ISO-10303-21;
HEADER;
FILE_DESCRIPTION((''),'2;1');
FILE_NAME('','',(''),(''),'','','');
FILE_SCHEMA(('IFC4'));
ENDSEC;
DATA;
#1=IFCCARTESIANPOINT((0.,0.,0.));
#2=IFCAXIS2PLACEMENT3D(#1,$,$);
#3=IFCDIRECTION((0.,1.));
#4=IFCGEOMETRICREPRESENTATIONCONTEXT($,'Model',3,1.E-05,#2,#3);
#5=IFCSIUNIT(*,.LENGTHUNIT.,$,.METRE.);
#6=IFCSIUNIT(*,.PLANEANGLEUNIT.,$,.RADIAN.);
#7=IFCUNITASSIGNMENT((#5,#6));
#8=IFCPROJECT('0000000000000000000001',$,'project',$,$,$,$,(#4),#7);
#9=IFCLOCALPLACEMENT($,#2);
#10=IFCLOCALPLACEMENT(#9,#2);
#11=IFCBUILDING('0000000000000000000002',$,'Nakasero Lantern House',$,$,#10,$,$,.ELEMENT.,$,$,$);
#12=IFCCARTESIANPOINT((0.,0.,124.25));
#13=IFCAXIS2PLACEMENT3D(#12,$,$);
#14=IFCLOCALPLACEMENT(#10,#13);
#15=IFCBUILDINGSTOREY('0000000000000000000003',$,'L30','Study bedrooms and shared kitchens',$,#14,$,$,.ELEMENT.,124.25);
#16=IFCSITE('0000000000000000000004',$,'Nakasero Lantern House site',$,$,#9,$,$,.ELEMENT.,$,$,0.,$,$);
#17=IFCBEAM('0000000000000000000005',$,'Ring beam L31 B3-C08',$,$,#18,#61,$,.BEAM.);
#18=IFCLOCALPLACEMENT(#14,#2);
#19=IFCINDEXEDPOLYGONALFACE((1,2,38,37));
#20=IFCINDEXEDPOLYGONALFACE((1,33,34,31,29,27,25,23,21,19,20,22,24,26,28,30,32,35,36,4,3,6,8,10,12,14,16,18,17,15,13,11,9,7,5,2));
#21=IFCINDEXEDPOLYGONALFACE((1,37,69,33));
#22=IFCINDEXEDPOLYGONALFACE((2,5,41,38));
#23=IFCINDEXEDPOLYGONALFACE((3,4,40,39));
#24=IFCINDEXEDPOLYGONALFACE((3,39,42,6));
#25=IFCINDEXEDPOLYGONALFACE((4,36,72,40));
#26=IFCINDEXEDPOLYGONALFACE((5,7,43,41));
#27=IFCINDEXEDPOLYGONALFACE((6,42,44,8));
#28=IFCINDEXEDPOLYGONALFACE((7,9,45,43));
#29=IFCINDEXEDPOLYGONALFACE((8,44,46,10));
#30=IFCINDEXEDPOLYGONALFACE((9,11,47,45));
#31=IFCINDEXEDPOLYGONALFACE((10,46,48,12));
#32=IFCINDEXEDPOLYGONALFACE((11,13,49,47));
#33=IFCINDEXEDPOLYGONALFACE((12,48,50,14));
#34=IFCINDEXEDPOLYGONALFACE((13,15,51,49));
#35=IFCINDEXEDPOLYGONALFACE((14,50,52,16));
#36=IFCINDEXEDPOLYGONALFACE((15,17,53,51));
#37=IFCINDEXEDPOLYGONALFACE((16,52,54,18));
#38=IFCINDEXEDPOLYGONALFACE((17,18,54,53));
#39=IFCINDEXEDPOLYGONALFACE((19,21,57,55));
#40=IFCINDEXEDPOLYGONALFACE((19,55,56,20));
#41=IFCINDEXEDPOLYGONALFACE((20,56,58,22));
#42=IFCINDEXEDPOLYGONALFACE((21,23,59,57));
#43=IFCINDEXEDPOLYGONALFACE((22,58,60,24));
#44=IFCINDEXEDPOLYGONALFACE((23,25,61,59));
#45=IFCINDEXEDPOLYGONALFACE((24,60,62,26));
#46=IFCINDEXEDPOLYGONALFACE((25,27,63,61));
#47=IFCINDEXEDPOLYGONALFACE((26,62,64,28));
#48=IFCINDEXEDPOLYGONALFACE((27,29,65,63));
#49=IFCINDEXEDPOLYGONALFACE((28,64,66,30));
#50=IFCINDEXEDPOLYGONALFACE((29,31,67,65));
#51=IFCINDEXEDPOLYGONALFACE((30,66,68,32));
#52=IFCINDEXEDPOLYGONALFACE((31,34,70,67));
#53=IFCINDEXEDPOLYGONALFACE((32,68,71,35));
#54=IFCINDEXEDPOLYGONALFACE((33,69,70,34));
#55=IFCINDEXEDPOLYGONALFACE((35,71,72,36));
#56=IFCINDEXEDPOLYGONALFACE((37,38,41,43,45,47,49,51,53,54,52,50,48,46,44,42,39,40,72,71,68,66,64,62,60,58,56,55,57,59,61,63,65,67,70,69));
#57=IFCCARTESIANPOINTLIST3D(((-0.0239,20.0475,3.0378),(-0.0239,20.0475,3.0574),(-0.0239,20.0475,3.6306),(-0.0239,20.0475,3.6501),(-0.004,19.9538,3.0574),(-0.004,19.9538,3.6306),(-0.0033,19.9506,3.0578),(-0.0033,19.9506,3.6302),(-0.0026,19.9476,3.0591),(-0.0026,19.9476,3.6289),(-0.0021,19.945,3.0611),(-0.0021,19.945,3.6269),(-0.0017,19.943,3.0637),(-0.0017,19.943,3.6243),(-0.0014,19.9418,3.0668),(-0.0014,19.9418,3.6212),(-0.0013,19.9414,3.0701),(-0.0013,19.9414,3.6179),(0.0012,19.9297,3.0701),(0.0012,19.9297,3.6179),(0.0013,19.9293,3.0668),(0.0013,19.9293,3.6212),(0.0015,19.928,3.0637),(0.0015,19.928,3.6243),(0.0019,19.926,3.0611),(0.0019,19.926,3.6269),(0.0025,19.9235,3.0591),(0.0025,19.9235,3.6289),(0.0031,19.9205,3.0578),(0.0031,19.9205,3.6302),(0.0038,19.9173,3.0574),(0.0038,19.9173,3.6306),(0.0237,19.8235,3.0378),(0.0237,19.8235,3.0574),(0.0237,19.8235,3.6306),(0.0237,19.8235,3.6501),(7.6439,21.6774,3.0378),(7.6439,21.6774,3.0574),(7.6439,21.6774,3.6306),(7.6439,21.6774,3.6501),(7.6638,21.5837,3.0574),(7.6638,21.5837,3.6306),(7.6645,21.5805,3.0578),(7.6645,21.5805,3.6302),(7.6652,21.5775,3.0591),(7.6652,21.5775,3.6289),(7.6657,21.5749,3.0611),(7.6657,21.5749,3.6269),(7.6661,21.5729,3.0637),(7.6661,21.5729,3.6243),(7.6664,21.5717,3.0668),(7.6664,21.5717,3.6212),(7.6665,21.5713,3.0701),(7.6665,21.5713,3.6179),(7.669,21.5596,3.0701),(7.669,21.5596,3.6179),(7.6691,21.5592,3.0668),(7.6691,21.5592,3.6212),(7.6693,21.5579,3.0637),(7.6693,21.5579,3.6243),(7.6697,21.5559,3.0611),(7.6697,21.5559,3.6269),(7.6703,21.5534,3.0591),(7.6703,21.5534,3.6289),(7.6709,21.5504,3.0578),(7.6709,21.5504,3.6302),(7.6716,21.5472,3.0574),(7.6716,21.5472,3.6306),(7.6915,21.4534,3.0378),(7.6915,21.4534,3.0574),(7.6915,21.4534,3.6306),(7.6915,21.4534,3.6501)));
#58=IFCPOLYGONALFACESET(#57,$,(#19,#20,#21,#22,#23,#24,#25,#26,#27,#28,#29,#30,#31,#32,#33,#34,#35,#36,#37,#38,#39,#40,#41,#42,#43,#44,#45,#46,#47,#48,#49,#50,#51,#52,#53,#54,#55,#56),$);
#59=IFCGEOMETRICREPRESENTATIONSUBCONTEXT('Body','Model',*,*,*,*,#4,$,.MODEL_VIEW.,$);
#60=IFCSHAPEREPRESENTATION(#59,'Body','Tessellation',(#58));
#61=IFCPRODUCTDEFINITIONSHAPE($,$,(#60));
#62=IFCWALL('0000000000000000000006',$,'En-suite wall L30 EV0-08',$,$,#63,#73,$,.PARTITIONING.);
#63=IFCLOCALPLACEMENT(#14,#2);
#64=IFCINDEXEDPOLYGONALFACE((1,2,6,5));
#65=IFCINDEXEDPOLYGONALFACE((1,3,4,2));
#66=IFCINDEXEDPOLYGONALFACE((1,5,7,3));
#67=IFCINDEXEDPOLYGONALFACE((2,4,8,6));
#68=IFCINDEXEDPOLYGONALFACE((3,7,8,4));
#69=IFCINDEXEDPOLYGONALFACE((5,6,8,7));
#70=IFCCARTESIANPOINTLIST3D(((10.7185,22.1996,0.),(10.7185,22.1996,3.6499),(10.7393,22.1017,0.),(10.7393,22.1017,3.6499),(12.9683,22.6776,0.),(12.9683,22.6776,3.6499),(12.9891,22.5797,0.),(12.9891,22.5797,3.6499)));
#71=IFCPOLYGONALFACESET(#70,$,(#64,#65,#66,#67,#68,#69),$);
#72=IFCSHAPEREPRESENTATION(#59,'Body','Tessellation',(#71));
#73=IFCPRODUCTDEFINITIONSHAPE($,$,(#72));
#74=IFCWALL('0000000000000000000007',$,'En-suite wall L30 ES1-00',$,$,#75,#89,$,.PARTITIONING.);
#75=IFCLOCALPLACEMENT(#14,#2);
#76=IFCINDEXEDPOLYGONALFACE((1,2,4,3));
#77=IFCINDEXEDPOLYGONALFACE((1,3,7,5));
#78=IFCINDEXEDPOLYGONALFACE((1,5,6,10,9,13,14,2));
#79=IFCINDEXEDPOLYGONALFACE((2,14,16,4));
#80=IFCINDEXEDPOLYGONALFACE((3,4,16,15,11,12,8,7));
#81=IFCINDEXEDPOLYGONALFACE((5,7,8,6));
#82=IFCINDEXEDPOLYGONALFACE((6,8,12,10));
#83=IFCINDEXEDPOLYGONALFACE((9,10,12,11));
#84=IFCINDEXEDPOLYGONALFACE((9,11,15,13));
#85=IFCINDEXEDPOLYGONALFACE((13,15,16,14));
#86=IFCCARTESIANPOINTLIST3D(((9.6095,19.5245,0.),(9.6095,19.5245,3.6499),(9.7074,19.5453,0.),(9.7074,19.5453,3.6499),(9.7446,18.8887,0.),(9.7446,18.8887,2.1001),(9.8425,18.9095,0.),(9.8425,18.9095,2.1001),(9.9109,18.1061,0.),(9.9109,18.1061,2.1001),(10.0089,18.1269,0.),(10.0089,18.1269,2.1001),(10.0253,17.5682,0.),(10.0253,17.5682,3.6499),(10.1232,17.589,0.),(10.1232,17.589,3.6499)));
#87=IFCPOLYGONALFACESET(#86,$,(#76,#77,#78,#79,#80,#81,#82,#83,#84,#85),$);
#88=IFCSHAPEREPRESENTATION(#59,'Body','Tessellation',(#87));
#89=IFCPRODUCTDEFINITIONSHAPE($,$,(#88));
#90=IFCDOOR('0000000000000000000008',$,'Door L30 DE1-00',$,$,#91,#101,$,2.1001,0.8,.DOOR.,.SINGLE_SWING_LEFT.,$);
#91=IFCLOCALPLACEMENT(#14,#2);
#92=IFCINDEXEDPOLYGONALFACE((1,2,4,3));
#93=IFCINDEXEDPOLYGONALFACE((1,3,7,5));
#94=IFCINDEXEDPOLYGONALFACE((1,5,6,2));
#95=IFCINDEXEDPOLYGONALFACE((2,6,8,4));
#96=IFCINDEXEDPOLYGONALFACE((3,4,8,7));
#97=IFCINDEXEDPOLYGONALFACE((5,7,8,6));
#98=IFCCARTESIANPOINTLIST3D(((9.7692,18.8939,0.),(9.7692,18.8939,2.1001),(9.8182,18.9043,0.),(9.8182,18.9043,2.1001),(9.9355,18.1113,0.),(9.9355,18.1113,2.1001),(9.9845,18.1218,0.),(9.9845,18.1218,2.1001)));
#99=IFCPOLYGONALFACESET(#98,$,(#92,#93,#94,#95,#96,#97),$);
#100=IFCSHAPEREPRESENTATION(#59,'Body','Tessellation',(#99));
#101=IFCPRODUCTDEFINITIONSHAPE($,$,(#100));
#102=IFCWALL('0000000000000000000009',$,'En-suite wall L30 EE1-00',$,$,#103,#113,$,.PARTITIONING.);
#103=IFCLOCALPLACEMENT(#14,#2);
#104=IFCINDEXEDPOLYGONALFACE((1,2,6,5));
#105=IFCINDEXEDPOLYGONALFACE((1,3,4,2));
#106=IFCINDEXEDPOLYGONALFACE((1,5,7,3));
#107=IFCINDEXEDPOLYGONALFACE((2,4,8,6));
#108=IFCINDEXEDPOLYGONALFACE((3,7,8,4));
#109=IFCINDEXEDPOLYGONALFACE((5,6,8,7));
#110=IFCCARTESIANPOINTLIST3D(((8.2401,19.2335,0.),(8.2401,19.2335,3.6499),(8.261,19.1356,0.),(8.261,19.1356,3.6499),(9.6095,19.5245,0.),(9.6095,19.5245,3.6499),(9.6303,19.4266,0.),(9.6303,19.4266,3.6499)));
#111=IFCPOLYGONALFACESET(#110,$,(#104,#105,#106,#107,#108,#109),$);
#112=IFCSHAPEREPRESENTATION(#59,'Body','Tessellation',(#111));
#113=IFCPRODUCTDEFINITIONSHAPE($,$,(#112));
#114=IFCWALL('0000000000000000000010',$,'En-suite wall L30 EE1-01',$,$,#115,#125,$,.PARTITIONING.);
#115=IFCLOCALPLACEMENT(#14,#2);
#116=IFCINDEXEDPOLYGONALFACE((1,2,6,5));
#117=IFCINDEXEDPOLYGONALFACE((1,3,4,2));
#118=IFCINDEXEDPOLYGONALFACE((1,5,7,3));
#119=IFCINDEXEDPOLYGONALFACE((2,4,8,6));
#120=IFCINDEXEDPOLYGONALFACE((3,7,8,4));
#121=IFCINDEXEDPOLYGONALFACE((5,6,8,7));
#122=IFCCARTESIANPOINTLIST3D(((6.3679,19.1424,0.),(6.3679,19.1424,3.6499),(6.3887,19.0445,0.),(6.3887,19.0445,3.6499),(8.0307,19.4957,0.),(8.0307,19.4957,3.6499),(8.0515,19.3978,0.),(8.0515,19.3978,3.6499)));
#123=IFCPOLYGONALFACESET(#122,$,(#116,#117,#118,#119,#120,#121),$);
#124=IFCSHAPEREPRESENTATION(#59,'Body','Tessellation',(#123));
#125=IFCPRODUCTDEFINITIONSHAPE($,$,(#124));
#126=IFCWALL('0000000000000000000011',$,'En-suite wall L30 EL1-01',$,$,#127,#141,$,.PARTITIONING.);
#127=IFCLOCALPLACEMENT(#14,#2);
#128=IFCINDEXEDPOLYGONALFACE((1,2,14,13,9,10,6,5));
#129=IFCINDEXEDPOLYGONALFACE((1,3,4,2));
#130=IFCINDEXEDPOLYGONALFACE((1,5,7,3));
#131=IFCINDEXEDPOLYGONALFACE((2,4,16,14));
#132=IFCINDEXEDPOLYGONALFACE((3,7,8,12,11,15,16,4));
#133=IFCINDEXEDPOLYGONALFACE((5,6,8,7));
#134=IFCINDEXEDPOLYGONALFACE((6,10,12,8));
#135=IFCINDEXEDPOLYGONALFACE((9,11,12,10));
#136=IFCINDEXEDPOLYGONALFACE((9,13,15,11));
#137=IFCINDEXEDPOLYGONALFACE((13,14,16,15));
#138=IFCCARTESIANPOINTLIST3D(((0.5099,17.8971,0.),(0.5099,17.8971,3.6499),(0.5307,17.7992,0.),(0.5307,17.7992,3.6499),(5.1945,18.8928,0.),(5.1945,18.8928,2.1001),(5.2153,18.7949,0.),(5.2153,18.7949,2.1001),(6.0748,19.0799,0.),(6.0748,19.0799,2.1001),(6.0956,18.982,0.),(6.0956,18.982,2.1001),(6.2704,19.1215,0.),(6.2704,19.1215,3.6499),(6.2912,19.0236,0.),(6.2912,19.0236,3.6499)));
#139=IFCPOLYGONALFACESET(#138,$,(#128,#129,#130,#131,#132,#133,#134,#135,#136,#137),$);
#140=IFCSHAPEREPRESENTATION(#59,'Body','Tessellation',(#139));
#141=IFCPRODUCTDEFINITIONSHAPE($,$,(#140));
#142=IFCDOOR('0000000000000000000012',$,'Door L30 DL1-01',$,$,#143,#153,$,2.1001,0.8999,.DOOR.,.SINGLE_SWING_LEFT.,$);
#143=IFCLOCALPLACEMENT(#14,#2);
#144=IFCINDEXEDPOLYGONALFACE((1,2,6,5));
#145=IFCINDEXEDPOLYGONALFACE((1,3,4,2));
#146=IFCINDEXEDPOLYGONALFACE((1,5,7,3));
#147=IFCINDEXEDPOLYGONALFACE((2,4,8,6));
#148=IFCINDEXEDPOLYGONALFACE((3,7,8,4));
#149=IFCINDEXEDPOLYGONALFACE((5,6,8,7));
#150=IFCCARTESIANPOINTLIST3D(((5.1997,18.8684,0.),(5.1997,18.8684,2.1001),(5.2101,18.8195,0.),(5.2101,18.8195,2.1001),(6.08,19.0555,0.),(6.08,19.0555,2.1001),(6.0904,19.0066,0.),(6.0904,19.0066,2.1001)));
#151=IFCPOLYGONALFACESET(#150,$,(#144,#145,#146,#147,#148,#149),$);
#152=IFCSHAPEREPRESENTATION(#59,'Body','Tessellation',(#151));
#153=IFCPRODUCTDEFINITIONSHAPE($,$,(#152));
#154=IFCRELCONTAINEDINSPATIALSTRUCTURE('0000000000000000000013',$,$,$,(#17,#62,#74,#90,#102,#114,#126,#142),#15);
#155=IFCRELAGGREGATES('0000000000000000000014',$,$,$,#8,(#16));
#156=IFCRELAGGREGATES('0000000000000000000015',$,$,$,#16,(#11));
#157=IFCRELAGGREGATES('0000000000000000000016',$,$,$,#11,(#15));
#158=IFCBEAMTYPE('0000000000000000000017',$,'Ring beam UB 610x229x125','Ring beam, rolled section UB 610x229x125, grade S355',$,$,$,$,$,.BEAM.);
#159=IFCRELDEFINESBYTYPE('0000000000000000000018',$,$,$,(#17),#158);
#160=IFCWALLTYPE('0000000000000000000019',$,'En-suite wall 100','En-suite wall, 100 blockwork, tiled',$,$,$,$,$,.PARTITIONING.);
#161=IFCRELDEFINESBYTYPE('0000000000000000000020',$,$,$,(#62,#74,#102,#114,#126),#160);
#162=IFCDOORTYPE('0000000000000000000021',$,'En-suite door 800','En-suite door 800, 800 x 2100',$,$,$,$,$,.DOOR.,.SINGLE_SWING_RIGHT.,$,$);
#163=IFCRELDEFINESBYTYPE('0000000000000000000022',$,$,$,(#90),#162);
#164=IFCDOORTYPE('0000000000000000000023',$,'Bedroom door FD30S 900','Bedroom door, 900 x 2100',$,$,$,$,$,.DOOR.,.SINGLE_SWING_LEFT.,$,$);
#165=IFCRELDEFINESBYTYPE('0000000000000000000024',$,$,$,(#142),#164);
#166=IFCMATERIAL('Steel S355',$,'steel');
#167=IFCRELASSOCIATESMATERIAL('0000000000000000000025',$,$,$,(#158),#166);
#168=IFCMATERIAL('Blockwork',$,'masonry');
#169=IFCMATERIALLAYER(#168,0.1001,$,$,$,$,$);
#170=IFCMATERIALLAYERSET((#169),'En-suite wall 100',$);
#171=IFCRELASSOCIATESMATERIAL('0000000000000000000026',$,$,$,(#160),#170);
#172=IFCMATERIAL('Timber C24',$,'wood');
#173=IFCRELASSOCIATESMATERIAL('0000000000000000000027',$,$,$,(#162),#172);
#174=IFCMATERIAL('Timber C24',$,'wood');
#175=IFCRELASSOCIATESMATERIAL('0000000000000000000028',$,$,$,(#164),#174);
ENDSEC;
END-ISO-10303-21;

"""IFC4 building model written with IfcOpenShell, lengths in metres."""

from ifc_helpers import new_model, si_unit, direction, frame, frame_2d, origin, origin_2d, place, context, subcontext, project, spatial, rectangle, i_section, extrude, material, layer, layer_set, material_profile, profile_set, type_object, element, fill, save


model = new_model("IFC4")

# Units and contexts
model_context = context("Model", 3, precision=1e-05, world=origin(), true_north=direction((0.0, 1.0)))
body_context = subcontext(model_context, "Body", "Model", "MODEL_VIEW")
ifc_project = project(units=[si_unit("LENGTHUNIT", "METRE"), si_unit("PLANEANGLEUNIT", "RADIAN")], contexts=[model_context])

# Site, building, storey
site_placement = place(None, origin())
site = spatial("IfcSite", under=ifc_project, at=site_placement, Name="Nakasero Lantern House site", CompositionType="ELEMENT", RefElevation=0.0)
building_placement = place(site_placement, origin())
building = spatial("IfcBuilding", under=site, at=building_placement, Name="Nakasero Lantern House", CompositionType="ELEMENT")
storey_placement = place(building_placement, frame((0.0, 0.0, 124.25)))
storey = spatial("IfcBuildingStorey", under=building, at=storey_placement, Name="L30", Description="Study bedrooms and shared kitchens", CompositionType="ELEMENT", Elevation=124.25)

# Beam
ifc_material_1 = material(Name="Steel S355", Category="steel")
ifc_material_profile_1 = material_profile(ifc_material_1, i_section(OverallWidth=0.229, OverallDepth=0.6123, WebThickness=0.012, FlangeThickness=0.0195, FilletRadius=0.0127, at=origin_2d()), Name="UB 610x229x125")
ifc_profile_set_1 = profile_set([ifc_material_profile_1], Name="Steel S355")
beam_type_1 = type_object("IfcBeamType", Name="Ring beam UB 610x229x125", Description="Ring beam, rolled section UB 610x229x125, grade S355", PredefinedType="BEAM", material=ifc_profile_set_1)
beam_1_placement = place(storey_placement, frame((7.6677, 21.5654, 3.344), z_axis=(-0.978146, -0.207919, 0.0), x_axis=(0.207919, -0.978146, 0.0)))
element("IfcBeam", 1, at=beam_1_placement, inside=storey, type_object=beam_type_1, Name="Ring beam L31 B3-C08", PredefinedType="BEAM", context=body_context, shape_type="SweptSolid", body=[
    extrude(i_section(OverallWidth=0.229, OverallDepth=0.6123, WebThickness=0.012, FlangeThickness=0.0195, FilletRadius=0.0127, at=origin_2d()), origin(), (0.0, 0.0, 1.0), 7.8391),
])

# Wall
ifc_material_2 = material(Name="Blockwork", Category="masonry")
ifc_layer_1 = layer(ifc_material_2, 0.1001)
ifc_layer_set_1 = layer_set([ifc_layer_1], Name="En-suite wall 100")
wall_type_1 = type_object("IfcWallType", Name="En-suite wall 100", Description="En-suite wall, 100 blockwork, tiled", PredefinedType="PARTITIONING", material=ifc_layer_set_1)
wall_1_placement = place(storey_placement, frame((10.729, 22.1506, 0.0), z_axis=(0.0, 0.0, 1.0), x_axis=(0.978163, 0.20784, 0.0)))
element("IfcWall", 2, at=wall_1_placement, inside=storey, type_object=wall_type_1, Name="En-suite wall L30 EV0-08", PredefinedType="PARTITIONING", context=body_context, shape_type="SweptSolid", body=[
    extrude(rectangle(XDim=2.3, YDim=0.1001, at=frame_2d((1.1499, 0.0))), origin(), (0.0, 0.0, 1.0), 3.6499),
])

# Wall, opening, door
wall_2_placement = place(storey_placement, frame((10.0742, 17.5786, 0.0), z_axis=(0.0, 0.0, 1.0), x_axis=(-0.207886, 0.978153, 0.0)))
wall_2 = element("IfcWall", 3, at=wall_2_placement, inside=storey, type_object=wall_type_1, Name="En-suite wall L30 ES1-00", PredefinedType="PARTITIONING", context=body_context, shape_type="SweptSolid", body=[
    extrude(rectangle(XDim=2.0, YDim=0.1001, at=frame_2d((1.0, 0.0))), origin(), (0.0, 0.0, 1.0), 3.6499),
])
opening_1_placement = place(wall_2_placement, frame((0.55, 0.0, 0.0)))
opening_1 = element("IfcOpeningElement", 4, at=opening_1_placement, cuts=wall_2, PredefinedType="OPENING", context=body_context, shape_type="SweptSolid", body=[
    extrude(rectangle(XDim=0.8, YDim=2.1001, at=frame_2d((0.3999, 1.05))), frame((0.0, 0.0701, 0.0), z_axis=(0.0, -1.0, 0.0), x_axis=(1.0, 0.0, 0.0)), (0.0, 0.0, 1.0), 0.1401),
])
ifc_material_3 = material(Name="Timber C24", Category="wood")
door_type_1 = type_object("IfcDoorType", Name="En-suite door 800", Description="En-suite door 800, 800 x 2100", OperationType="SINGLE_SWING_RIGHT", PredefinedType="DOOR", material=ifc_material_3)
door_1_placement = place(opening_1_placement, origin())
door_1 = element("IfcDoor", 5, at=door_1_placement, inside=storey, type_object=door_type_1, Name="Door L30 DE1-00", OperationType="SINGLE_SWING_LEFT", OverallHeight=2.1001, OverallWidth=0.8, PredefinedType="DOOR", context=body_context, shape_type="SweptSolid", body=[
    extrude(rectangle(XDim=0.8, YDim=2.1001, at=frame_2d((0.3999, 1.05))), frame((0.0, 0.0249, 0.0), z_axis=(0.0, -1.0, 0.0), x_axis=(1.0, 0.0, 0.0)), (0.0, 0.0, 1.0), 0.05),
])
fill(opening_1, door_1)

# Walls
wall_3_placement = place(storey_placement, frame((9.6199, 19.4756, 0.0), z_axis=(0.0, 0.0, 1.0), x_axis=(-0.978156, -0.207873, 0.0)))
element("IfcWall", 6, at=wall_3_placement, inside=storey, type_object=wall_type_1, Name="En-suite wall L30 EE1-00", PredefinedType="PARTITIONING", context=body_context, shape_type="SweptSolid", body=[
    extrude(rectangle(XDim=1.3999, YDim=0.1001, at=frame_2d((0.7, 0.0))), origin(), (0.0, 0.0, 1.0), 3.6499),
])
wall_4_placement = place(storey_placement, frame((8.0413, 19.4468, 0.0), z_axis=(0.0, 0.0, 1.0), x_axis=(-0.978169, -0.207812, 0.0)))
element("IfcWall", 7, at=wall_4_placement, inside=storey, type_object=wall_type_1, Name="En-suite wall L30 EE1-01", PredefinedType="PARTITIONING", context=body_context, shape_type="SweptSolid", body=[
    extrude(rectangle(XDim=1.7, YDim=0.1001, at=frame_2d((0.8501, 0.0))), origin(), (0.0, 0.0, 1.0), 3.6499),
])

# Wall, opening, door
wall_5_placement = place(storey_placement, frame((6.2808, 19.0725, 0.0), z_axis=(0.0, 0.0, 1.0), x_axis=(-0.97815, -0.207901, 0.0)))
wall_5 = element("IfcWall", 8, at=wall_5_placement, inside=storey, type_object=wall_type_1, Name="En-suite wall L30 EL1-01", PredefinedType="PARTITIONING", context=body_context, shape_type="SweptSolid", body=[
    extrude(rectangle(XDim=5.8892, YDim=0.1001, at=frame_2d((2.9446, 0.0))), origin(), (0.0, 0.0, 1.0), 3.6499),
])
opening_2_placement = place(wall_5_placement, frame((0.2, 0.0, 0.0)))
opening_2 = element("IfcOpeningElement", 9, at=opening_2_placement, cuts=wall_5, PredefinedType="OPENING", context=body_context, shape_type="SweptSolid", body=[
    extrude(rectangle(XDim=0.8999, YDim=2.1001, at=frame_2d((0.45, 1.05))), frame((0.0, 0.0701, 0.0), z_axis=(0.0, -1.0, 0.0), x_axis=(1.0, 0.0, 0.0)), (0.0, 0.0, 1.0), 0.1401),
])
ifc_material_4 = material(Name="Timber C24", Category="wood")
door_type_2 = type_object("IfcDoorType", Name="Bedroom door FD30S 900", Description="Bedroom door, 900 x 2100", OperationType="SINGLE_SWING_LEFT", PredefinedType="DOOR", material=ifc_material_4)
door_2_placement = place(opening_2_placement, origin())
door_2 = element("IfcDoor", 10, at=door_2_placement, inside=storey, type_object=door_type_2, Name="Door L30 DL1-01", OperationType="SINGLE_SWING_LEFT", OverallHeight=2.1001, OverallWidth=0.8999, PredefinedType="DOOR", context=body_context, shape_type="SweptSolid", body=[
    extrude(rectangle(XDim=0.8999, YDim=2.1001, at=frame_2d((0.45, 1.05))), frame((0.0, 0.0249, 0.0), z_axis=(0.0, -1.0, 0.0), x_axis=(1.0, 0.0, 0.0)), (0.0, 0.0, 1.0), 0.05),
])
fill(opening_2, door_2)

save(model, "model.ifc")
